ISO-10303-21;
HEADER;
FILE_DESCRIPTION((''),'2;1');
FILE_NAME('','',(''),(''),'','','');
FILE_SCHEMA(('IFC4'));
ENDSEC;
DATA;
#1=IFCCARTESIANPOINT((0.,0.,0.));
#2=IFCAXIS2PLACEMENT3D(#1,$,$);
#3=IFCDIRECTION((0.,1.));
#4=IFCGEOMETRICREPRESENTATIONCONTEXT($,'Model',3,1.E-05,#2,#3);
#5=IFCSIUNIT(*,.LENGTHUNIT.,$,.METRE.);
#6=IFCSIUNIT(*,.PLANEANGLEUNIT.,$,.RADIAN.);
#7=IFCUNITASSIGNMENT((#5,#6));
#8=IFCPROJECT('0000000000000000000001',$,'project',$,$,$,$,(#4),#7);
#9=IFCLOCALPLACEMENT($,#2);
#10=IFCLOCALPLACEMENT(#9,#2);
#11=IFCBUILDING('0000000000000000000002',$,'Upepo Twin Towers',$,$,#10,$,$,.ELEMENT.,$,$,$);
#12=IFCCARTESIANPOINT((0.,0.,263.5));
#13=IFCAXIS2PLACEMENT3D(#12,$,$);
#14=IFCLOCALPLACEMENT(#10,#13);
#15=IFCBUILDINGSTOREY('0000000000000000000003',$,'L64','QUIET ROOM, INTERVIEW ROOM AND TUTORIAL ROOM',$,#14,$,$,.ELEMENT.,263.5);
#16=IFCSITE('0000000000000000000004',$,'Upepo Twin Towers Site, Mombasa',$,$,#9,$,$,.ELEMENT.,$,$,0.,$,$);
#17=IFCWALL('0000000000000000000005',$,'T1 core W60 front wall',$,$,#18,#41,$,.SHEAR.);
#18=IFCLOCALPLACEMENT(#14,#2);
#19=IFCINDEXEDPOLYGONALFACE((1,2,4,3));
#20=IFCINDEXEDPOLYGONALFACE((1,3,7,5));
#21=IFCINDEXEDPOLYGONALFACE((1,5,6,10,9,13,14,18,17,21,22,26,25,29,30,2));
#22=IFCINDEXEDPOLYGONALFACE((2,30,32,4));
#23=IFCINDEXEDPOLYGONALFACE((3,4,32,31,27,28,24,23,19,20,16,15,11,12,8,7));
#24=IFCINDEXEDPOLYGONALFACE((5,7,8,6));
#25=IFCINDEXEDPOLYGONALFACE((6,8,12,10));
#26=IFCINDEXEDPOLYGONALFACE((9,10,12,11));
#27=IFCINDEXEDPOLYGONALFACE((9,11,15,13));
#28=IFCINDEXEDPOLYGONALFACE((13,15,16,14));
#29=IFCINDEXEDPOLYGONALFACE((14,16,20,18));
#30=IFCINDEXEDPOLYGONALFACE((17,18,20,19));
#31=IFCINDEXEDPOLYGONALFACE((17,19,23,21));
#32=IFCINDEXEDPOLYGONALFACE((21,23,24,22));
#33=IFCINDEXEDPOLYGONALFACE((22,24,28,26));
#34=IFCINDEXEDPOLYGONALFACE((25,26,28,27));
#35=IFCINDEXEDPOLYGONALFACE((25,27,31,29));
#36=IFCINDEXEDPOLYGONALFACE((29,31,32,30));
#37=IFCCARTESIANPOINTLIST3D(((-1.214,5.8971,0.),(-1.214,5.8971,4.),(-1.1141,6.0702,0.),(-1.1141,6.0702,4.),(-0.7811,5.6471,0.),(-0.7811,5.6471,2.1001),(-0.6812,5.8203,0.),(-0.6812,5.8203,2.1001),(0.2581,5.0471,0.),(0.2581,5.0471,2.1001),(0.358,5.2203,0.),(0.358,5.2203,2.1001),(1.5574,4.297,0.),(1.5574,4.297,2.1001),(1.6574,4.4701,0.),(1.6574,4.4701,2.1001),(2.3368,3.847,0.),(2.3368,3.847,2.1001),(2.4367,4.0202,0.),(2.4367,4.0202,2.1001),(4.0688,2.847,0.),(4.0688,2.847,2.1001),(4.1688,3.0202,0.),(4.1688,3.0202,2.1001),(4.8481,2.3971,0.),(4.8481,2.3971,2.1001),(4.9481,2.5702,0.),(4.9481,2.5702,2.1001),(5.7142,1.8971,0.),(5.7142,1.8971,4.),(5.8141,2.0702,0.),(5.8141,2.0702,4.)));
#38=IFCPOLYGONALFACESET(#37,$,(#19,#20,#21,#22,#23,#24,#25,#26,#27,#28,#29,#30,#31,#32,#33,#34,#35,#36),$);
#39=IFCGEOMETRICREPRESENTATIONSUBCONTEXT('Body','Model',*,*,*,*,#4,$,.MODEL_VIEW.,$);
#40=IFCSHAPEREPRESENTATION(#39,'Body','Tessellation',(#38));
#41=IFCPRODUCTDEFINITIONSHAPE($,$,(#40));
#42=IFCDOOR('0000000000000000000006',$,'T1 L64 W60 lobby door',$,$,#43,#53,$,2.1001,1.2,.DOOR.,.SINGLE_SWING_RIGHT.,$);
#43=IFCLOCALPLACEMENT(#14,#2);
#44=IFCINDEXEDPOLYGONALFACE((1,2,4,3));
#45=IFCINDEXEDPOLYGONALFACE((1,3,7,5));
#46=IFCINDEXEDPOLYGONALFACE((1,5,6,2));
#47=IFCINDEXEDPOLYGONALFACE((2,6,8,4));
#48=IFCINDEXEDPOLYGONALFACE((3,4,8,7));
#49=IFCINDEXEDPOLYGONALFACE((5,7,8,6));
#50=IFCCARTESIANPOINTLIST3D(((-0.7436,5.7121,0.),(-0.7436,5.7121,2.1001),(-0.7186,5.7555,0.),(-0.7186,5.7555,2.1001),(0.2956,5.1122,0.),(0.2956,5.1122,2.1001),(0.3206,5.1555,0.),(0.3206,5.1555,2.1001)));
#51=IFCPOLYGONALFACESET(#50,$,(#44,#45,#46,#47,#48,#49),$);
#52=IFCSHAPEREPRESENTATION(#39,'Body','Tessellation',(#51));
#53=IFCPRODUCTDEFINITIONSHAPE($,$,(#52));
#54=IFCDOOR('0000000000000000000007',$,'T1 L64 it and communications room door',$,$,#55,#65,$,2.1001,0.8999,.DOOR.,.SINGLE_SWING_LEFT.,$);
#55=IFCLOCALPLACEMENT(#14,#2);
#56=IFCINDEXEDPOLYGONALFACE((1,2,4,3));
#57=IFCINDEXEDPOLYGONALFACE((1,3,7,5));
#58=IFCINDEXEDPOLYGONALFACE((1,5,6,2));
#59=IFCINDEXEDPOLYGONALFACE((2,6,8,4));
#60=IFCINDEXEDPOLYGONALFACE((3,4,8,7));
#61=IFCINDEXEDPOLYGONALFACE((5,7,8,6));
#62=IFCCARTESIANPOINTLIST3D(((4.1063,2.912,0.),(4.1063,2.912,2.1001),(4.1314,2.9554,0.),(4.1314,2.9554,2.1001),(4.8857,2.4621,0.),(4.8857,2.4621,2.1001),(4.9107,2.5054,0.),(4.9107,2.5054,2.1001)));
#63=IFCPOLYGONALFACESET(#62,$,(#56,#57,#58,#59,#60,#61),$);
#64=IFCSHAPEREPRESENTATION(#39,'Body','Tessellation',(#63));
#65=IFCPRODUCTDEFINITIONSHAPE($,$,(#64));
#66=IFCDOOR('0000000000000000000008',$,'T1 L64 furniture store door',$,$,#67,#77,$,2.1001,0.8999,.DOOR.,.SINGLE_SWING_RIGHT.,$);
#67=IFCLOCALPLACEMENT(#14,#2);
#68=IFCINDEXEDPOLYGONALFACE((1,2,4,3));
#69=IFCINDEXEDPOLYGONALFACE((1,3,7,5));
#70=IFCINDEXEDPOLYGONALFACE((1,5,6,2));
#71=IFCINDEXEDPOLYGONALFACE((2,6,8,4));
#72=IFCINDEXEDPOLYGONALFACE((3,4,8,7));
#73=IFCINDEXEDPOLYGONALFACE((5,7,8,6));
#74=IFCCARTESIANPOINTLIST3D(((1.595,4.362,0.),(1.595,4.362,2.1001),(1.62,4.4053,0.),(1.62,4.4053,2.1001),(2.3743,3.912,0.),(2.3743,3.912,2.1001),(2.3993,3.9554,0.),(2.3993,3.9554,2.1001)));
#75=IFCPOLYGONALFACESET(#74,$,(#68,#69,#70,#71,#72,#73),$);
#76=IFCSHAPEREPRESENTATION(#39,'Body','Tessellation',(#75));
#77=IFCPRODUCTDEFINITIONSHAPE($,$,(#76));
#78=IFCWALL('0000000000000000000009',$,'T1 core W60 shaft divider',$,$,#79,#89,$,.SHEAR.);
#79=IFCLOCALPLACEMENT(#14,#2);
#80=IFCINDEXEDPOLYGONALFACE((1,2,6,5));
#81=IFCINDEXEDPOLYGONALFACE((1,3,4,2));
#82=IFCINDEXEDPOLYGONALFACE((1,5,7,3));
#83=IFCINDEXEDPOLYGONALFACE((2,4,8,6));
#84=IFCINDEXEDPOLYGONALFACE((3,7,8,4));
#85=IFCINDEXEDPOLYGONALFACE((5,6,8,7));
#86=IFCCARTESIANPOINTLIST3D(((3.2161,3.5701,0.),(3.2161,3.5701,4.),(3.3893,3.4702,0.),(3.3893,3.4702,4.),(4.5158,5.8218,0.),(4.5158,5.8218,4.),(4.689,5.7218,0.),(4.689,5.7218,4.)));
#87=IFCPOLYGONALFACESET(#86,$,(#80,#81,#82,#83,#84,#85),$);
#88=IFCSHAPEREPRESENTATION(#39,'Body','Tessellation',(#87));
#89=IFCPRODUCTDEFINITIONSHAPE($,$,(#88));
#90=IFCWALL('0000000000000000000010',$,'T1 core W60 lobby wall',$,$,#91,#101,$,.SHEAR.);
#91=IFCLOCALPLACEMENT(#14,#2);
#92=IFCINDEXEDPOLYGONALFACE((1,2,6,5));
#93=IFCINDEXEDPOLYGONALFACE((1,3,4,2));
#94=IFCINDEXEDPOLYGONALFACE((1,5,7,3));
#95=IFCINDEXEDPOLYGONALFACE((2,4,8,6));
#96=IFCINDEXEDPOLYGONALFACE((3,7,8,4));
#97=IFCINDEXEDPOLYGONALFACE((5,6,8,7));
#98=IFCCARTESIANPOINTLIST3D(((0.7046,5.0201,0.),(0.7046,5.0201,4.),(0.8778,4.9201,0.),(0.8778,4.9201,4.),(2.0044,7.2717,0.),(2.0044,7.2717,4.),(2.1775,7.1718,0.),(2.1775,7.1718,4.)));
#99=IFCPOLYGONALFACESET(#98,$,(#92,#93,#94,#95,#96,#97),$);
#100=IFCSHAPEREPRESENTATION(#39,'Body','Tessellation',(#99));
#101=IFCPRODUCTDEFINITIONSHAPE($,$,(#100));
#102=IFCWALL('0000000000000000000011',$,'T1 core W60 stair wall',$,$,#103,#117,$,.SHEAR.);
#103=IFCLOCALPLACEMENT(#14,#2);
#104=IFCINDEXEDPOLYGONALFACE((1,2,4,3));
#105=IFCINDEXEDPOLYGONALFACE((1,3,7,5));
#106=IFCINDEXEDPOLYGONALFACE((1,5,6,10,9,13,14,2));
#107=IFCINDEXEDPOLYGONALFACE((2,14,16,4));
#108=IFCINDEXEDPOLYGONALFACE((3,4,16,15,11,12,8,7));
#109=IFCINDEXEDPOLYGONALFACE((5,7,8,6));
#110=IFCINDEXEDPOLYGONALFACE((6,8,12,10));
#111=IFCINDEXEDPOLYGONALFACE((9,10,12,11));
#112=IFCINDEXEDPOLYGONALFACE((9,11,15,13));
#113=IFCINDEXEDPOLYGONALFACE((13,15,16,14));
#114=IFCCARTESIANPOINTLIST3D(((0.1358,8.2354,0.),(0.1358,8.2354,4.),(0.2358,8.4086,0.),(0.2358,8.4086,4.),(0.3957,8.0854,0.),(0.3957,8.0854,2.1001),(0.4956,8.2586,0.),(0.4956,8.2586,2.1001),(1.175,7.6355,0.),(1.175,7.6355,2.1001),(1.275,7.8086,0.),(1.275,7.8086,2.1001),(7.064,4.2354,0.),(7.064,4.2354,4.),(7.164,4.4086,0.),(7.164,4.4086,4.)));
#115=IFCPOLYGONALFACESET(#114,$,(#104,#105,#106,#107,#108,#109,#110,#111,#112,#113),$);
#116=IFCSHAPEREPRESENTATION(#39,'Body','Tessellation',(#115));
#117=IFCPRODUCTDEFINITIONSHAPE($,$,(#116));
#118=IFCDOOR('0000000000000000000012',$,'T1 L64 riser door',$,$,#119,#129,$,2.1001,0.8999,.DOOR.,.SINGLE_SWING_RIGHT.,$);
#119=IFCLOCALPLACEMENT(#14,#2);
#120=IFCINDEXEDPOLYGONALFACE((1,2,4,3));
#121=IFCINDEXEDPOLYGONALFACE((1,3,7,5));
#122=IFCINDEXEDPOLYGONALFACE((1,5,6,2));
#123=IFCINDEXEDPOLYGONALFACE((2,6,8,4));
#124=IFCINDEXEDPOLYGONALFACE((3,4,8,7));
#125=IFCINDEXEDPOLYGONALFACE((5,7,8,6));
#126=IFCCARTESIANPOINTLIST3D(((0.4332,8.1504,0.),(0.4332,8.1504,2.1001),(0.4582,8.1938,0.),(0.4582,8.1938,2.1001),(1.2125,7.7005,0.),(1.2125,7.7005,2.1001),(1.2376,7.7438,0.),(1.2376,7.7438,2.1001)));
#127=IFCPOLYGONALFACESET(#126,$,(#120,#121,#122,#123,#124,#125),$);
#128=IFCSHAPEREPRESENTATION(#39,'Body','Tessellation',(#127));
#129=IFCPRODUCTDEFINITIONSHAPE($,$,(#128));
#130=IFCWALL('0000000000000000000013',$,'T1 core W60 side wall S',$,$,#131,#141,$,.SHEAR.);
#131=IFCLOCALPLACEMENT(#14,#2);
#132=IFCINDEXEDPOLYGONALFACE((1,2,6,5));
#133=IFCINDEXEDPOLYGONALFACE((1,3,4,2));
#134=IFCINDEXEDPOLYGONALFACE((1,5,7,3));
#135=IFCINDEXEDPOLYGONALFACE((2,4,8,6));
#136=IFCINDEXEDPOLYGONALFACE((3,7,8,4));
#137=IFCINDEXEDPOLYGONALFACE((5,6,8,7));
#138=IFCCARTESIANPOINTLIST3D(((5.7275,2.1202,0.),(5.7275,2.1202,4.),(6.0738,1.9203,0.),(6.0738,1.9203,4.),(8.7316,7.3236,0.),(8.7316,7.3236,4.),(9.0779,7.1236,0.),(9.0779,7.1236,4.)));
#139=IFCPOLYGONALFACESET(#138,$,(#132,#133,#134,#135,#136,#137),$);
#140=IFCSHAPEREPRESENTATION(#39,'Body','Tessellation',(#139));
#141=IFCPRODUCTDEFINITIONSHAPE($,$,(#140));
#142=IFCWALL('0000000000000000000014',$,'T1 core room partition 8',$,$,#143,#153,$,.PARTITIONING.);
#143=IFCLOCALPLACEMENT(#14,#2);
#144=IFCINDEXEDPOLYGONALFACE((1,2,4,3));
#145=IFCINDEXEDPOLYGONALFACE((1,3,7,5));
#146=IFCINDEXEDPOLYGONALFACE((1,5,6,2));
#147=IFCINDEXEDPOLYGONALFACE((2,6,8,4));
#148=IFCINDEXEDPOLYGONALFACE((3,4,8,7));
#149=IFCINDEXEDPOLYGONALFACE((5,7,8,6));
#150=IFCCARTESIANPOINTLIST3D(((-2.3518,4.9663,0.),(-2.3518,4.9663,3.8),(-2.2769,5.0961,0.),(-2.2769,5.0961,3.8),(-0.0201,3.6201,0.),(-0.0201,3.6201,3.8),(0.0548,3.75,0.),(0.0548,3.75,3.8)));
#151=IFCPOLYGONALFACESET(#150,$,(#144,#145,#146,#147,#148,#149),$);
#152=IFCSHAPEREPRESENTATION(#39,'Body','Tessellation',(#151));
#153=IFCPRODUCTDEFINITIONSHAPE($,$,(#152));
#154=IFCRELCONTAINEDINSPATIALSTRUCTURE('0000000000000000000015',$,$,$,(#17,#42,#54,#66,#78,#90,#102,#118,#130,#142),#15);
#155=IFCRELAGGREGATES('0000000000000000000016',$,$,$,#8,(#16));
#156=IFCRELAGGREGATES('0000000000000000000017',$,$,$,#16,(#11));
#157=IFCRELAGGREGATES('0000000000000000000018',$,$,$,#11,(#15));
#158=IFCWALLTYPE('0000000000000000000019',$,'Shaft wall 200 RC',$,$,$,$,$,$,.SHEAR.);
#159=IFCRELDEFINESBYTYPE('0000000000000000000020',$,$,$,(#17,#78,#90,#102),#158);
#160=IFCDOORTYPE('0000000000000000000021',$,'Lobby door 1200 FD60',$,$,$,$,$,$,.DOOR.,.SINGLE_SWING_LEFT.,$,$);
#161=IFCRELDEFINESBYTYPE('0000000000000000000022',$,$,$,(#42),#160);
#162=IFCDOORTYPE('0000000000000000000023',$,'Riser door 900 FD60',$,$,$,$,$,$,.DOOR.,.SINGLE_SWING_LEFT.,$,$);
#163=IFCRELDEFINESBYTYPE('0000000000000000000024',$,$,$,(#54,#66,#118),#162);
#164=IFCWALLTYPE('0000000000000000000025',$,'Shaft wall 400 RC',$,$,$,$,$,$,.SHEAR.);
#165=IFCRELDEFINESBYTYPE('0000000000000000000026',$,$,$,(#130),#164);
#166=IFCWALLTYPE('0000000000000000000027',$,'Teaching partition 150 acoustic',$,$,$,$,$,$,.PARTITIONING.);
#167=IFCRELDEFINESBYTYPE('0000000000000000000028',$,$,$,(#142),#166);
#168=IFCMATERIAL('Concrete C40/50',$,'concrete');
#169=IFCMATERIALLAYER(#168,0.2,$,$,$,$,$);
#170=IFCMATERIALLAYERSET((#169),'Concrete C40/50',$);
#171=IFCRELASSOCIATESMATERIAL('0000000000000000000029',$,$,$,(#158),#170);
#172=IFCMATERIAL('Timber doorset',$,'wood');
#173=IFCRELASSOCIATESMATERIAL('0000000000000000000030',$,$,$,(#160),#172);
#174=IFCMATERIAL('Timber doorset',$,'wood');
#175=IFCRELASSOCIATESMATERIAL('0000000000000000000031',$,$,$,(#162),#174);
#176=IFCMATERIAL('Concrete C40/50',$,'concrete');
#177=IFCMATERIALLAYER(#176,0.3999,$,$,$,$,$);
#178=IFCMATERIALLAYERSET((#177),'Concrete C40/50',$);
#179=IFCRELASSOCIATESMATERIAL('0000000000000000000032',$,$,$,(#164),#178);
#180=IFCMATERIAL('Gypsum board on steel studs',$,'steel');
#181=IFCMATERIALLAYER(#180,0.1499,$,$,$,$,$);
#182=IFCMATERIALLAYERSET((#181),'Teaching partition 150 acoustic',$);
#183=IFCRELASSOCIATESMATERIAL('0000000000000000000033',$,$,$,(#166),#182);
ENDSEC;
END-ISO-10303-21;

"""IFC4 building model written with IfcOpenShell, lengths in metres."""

from ifc_helpers import new_model, si_unit, direction, frame, frame_2d, origin, place, context, subcontext, project, spatial, rectangle, extrude, material, layer, layer_set, type_object, element, fill, save


model = new_model("IFC4")

# Units and contexts
model_context = context("Model", 3, precision=1e-05, world=origin(), true_north=direction((0.0, 1.0)))
body_context = subcontext(model_context, "Body", "Model", "MODEL_VIEW")
ifc_project = project(units=[si_unit("LENGTHUNIT", "METRE"), si_unit("PLANEANGLEUNIT", "RADIAN")], contexts=[model_context])

# Site, building, storey
site_placement = place(None, origin())
site = spatial("IfcSite", under=ifc_project, at=site_placement, Name="Upepo Twin Towers Site, Mombasa", CompositionType="ELEMENT", RefElevation=0.0)
building_placement = place(site_placement, origin())
building = spatial("IfcBuilding", under=site, at=building_placement, Name="Upepo Twin Towers", CompositionType="ELEMENT")
storey_placement = place(building_placement, frame((0.0, 0.0, 263.5)))
storey = spatial("IfcBuildingStorey", under=building, at=storey_placement, Name="L64", Description="QUIET ROOM, INTERVIEW ROOM AND TUTORIAL ROOM", CompositionType="ELEMENT", Elevation=263.5)

# Wall, openings, doors
ifc_material_1 = material(Name="Concrete C40/50", Category="concrete")
ifc_layer_1 = layer(ifc_material_1, 0.2)
ifc_layer_set_1 = layer_set([ifc_layer_1], Name="Concrete C40/50")
wall_type_1 = type_object("IfcWallType", Name="Shaft wall 200 RC", PredefinedType="SHEAR", material=ifc_layer_set_1)
wall_1_placement = place(storey_placement, frame((5.7642, 1.9836, 0.0), z_axis=(0.0, 0.0, 1.0), x_axis=(-0.866026, 0.499999, 0.0)))
wall_1 = element("IfcWall", 1, at=wall_1_placement, inside=storey, type_object=wall_type_1, Name="T1 core W60 front wall", PredefinedType="SHEAR", context=body_context, shape_type="SweptSolid", body=[
    extrude(rectangle(XDim=8.0, YDim=0.2, at=frame_2d((4.0, 0.0))), origin(), (0.0, 0.0, 1.0), 4.0),
])
opening_1_placement = place(wall_1_placement, frame((6.3, 0.0, 0.0)))
opening_1 = element("IfcOpeningElement", 2, at=opening_1_placement, cuts=wall_1, PredefinedType="OPENING", context=body_context, shape_type="SweptSolid", body=[
    extrude(rectangle(XDim=1.2, YDim=2.1001, at=frame_2d((0.6001, 1.05))), frame((0.0, 0.1099, 0.0), z_axis=(0.0, -1.0, 0.0), x_axis=(1.0, 0.0, 0.0)), (0.0, 0.0, 1.0), 0.22),
])
opening_2_placement = place(wall_1_placement, frame((1.0, 0.0, 0.0)))
opening_2 = element("IfcOpeningElement", 3, at=opening_2_placement, cuts=wall_1, PredefinedType="OPENING", context=body_context, shape_type="SweptSolid", body=[
    extrude(rectangle(XDim=0.8999, YDim=2.1001, at=frame_2d((0.45, 1.05))), frame((0.0, 0.1099, 0.0), z_axis=(0.0, -1.0, 0.0), x_axis=(1.0, 0.0, 0.0)), (0.0, 0.0, 1.0), 0.22),
])
opening_3_placement = place(wall_1_placement, frame((3.8999, 0.0, 0.0)))
opening_3 = element("IfcOpeningElement", 4, at=opening_3_placement, cuts=wall_1, PredefinedType="OPENING", context=body_context, shape_type="SweptSolid", body=[
    extrude(rectangle(XDim=0.8999, YDim=2.1001, at=frame_2d((0.45, 1.05))), frame((0.0, 0.1099, 0.0), z_axis=(0.0, -1.0, 0.0), x_axis=(1.0, 0.0, 0.0)), (0.0, 0.0, 1.0), 0.22),
])
ifc_material_2 = material(Name="Timber doorset", Category="wood")
door_type_1 = type_object("IfcDoorType", Name="Lobby door 1200 FD60", OperationType="SINGLE_SWING_LEFT", PredefinedType="DOOR", material=ifc_material_2)
door_1_placement = place(opening_1_placement, origin())
door_1 = element("IfcDoor", 5, at=door_1_placement, inside=storey, type_object=door_type_1, Name="T1 L64 W60 lobby door", OperationType="SINGLE_SWING_RIGHT", OverallHeight=2.1001, OverallWidth=1.2, PredefinedType="DOOR", context=body_context, shape_type="SweptSolid", body=[
    extrude(rectangle(XDim=1.2, YDim=2.1001, at=frame_2d((0.6001, 1.05))), frame((0.0, 0.0249, 0.0), z_axis=(0.0, -1.0, 0.0), x_axis=(1.0, 0.0, 0.0)), (0.0, 0.0, 1.0), 0.05),
])
fill(opening_1, door_1)
ifc_material_3 = material(Name="Timber doorset", Category="wood")
door_type_2 = type_object("IfcDoorType", Name="Riser door 900 FD60", OperationType="SINGLE_SWING_LEFT", PredefinedType="DOOR", material=ifc_material_3)
door_2_placement = place(opening_2_placement, origin())
door_2 = element("IfcDoor", 6, at=door_2_placement, inside=storey, type_object=door_type_2, Name="T1 L64 it and communications room door", OperationType="SINGLE_SWING_LEFT", OverallHeight=2.1001, OverallWidth=0.8999, PredefinedType="DOOR", context=body_context, shape_type="SweptSolid", body=[
    extrude(rectangle(XDim=0.8999, YDim=2.1001, at=frame_2d((0.45, 1.05))), frame((0.0, 0.0249, 0.0), z_axis=(0.0, -1.0, 0.0), x_axis=(1.0, 0.0, 0.0)), (0.0, 0.0, 1.0), 0.05),
])
fill(opening_2, door_2)
door_3_placement = place(opening_3_placement, origin())
door_3 = element("IfcDoor", 7, at=door_3_placement, inside=storey, type_object=door_type_2, Name="T1 L64 furniture store door", OperationType="SINGLE_SWING_RIGHT", OverallHeight=2.1001, OverallWidth=0.8999, PredefinedType="DOOR", context=body_context, shape_type="SweptSolid", body=[
    extrude(rectangle(XDim=0.8999, YDim=2.1001, at=frame_2d((0.45, 1.05))), frame((0.0, 0.0249, 0.0), z_axis=(0.0, -1.0, 0.0), x_axis=(1.0, 0.0, 0.0)), (0.0, 0.0, 1.0), 0.05),
])
fill(opening_3, door_3)

# Walls
for number, where, z_axis, x_axis, name in (
    (8, (3.3027, 3.5203, 0.0), (0.0, 0.0, 1.0), (0.499937, 0.866062, 0.0), "T1 core W60 shaft divider"),
    (9, (0.7913, 4.9702, 0.0), (0.0, 0.0, 1.0), (0.499937, 0.866062, 0.0), "T1 core W60 lobby wall"),
):
    element("IfcWall", number, at=place(storey_placement, frame(where, z_axis=z_axis, x_axis=x_axis)), inside=storey, type_object=wall_type_1, Name=name, PredefinedType="SHEAR", context=body_context, shape_type="SweptSolid", body=[
        extrude(rectangle(XDim=2.5999, YDim=0.2, at=frame_2d((1.2998, 0.0))), origin(), (0.0, 0.0, 1.0), 4.0),
    ])

# Wall, opening, door
wall_2_placement = place(storey_placement, frame((7.114, 4.322, 0.0), z_axis=(0.0, 0.0, 1.0), x_axis=(-0.866026, 0.499999, 0.0)))
wall_2 = element("IfcWall", 10, at=wall_2_placement, inside=storey, type_object=wall_type_1, Name="T1 core W60 stair wall", PredefinedType="SHEAR", context=body_context, shape_type="SweptSolid", body=[
    extrude(rectangle(XDim=8.0, YDim=0.2, at=frame_2d((4.0, 0.0))), origin(), (0.0, 0.0, 1.0), 4.0),
])
opening_4_placement = place(wall_2_placement, frame((6.8, 0.0, 0.0)))
opening_4 = element("IfcOpeningElement", 11, at=opening_4_placement, cuts=wall_2, PredefinedType="OPENING", context=body_context, shape_type="SweptSolid", body=[
    extrude(rectangle(XDim=0.8999, YDim=2.1001, at=frame_2d((0.45, 1.05))), frame((0.0, 0.1099, 0.0), z_axis=(0.0, -1.0, 0.0), x_axis=(1.0, 0.0, 0.0)), (0.0, 0.0, 1.0), 0.22),
])
door_4_placement = place(opening_4_placement, origin())
door_4 = element("IfcDoor", 12, at=door_4_placement, inside=storey, type_object=door_type_2, Name="T1 L64 riser door", OperationType="SINGLE_SWING_RIGHT", OverallHeight=2.1001, OverallWidth=0.8999, PredefinedType="DOOR", context=body_context, shape_type="SweptSolid", body=[
    extrude(rectangle(XDim=0.8999, YDim=2.1001, at=frame_2d((0.45, 1.05))), frame((0.0, 0.0249, 0.0), z_axis=(0.0, -1.0, 0.0), x_axis=(1.0, 0.0, 0.0)), (0.0, 0.0, 1.0), 0.05),
])
fill(opening_4, door_4)

# Walls
ifc_material_4 = material(Name="Concrete C40/50", Category="concrete")
ifc_layer_2 = layer(ifc_material_4, 0.3999)
ifc_layer_set_2 = layer_set([ifc_layer_2], Name="Concrete C40/50")
wall_type_2 = type_object("IfcWallType", Name="Shaft wall 400 RC", PredefinedType="SHEAR", material=ifc_layer_set_2)
wall_3_placement = place(storey_placement, frame((5.9006, 2.0203, 0.0), z_axis=(0.0, 0.0, 1.0), x_axis=(0.499998, 0.866027, 0.0)))
element("IfcWall", 13, at=wall_3_placement, inside=storey, type_object=wall_type_2, Name="T1 core W60 side wall S", PredefinedType="SHEAR", context=body_context, shape_type="SweptSolid", body=[
    extrude(rectangle(XDim=6.0083, YDim=0.3999, at=frame_2d((3.0042, 0.0))), origin(), (0.0, 0.0, 1.0), 4.0),
])
ifc_material_5 = material(Name="Gypsum board on steel studs", Category="steel")
ifc_layer_3 = layer(ifc_material_5, 0.1499)
ifc_layer_set_3 = layer_set([ifc_layer_3], Name="Teaching partition 150 acoustic")
wall_type_3 = type_object("IfcWallType", Name="Teaching partition 150 acoustic", PredefinedType="PARTITIONING", material=ifc_layer_set_3)
wall_4_placement = place(storey_placement, frame((0.0173, 3.6851, 0.0), z_axis=(0.0, 0.0, 1.0), x_axis=(-0.866036, 0.499981, 0.0)))
element("IfcWall", 14, at=wall_4_placement, inside=storey, type_object=wall_type_3, Name="T1 core room partition 8", PredefinedType="PARTITIONING", context=body_context, shape_type="SweptSolid", body=[
    extrude(rectangle(XDim=2.6924, YDim=0.1499, at=frame_2d((1.3462, 0.0))), origin(), (0.0, 0.0, 1.0), 3.8),
])

save(model, "model.ifc")
